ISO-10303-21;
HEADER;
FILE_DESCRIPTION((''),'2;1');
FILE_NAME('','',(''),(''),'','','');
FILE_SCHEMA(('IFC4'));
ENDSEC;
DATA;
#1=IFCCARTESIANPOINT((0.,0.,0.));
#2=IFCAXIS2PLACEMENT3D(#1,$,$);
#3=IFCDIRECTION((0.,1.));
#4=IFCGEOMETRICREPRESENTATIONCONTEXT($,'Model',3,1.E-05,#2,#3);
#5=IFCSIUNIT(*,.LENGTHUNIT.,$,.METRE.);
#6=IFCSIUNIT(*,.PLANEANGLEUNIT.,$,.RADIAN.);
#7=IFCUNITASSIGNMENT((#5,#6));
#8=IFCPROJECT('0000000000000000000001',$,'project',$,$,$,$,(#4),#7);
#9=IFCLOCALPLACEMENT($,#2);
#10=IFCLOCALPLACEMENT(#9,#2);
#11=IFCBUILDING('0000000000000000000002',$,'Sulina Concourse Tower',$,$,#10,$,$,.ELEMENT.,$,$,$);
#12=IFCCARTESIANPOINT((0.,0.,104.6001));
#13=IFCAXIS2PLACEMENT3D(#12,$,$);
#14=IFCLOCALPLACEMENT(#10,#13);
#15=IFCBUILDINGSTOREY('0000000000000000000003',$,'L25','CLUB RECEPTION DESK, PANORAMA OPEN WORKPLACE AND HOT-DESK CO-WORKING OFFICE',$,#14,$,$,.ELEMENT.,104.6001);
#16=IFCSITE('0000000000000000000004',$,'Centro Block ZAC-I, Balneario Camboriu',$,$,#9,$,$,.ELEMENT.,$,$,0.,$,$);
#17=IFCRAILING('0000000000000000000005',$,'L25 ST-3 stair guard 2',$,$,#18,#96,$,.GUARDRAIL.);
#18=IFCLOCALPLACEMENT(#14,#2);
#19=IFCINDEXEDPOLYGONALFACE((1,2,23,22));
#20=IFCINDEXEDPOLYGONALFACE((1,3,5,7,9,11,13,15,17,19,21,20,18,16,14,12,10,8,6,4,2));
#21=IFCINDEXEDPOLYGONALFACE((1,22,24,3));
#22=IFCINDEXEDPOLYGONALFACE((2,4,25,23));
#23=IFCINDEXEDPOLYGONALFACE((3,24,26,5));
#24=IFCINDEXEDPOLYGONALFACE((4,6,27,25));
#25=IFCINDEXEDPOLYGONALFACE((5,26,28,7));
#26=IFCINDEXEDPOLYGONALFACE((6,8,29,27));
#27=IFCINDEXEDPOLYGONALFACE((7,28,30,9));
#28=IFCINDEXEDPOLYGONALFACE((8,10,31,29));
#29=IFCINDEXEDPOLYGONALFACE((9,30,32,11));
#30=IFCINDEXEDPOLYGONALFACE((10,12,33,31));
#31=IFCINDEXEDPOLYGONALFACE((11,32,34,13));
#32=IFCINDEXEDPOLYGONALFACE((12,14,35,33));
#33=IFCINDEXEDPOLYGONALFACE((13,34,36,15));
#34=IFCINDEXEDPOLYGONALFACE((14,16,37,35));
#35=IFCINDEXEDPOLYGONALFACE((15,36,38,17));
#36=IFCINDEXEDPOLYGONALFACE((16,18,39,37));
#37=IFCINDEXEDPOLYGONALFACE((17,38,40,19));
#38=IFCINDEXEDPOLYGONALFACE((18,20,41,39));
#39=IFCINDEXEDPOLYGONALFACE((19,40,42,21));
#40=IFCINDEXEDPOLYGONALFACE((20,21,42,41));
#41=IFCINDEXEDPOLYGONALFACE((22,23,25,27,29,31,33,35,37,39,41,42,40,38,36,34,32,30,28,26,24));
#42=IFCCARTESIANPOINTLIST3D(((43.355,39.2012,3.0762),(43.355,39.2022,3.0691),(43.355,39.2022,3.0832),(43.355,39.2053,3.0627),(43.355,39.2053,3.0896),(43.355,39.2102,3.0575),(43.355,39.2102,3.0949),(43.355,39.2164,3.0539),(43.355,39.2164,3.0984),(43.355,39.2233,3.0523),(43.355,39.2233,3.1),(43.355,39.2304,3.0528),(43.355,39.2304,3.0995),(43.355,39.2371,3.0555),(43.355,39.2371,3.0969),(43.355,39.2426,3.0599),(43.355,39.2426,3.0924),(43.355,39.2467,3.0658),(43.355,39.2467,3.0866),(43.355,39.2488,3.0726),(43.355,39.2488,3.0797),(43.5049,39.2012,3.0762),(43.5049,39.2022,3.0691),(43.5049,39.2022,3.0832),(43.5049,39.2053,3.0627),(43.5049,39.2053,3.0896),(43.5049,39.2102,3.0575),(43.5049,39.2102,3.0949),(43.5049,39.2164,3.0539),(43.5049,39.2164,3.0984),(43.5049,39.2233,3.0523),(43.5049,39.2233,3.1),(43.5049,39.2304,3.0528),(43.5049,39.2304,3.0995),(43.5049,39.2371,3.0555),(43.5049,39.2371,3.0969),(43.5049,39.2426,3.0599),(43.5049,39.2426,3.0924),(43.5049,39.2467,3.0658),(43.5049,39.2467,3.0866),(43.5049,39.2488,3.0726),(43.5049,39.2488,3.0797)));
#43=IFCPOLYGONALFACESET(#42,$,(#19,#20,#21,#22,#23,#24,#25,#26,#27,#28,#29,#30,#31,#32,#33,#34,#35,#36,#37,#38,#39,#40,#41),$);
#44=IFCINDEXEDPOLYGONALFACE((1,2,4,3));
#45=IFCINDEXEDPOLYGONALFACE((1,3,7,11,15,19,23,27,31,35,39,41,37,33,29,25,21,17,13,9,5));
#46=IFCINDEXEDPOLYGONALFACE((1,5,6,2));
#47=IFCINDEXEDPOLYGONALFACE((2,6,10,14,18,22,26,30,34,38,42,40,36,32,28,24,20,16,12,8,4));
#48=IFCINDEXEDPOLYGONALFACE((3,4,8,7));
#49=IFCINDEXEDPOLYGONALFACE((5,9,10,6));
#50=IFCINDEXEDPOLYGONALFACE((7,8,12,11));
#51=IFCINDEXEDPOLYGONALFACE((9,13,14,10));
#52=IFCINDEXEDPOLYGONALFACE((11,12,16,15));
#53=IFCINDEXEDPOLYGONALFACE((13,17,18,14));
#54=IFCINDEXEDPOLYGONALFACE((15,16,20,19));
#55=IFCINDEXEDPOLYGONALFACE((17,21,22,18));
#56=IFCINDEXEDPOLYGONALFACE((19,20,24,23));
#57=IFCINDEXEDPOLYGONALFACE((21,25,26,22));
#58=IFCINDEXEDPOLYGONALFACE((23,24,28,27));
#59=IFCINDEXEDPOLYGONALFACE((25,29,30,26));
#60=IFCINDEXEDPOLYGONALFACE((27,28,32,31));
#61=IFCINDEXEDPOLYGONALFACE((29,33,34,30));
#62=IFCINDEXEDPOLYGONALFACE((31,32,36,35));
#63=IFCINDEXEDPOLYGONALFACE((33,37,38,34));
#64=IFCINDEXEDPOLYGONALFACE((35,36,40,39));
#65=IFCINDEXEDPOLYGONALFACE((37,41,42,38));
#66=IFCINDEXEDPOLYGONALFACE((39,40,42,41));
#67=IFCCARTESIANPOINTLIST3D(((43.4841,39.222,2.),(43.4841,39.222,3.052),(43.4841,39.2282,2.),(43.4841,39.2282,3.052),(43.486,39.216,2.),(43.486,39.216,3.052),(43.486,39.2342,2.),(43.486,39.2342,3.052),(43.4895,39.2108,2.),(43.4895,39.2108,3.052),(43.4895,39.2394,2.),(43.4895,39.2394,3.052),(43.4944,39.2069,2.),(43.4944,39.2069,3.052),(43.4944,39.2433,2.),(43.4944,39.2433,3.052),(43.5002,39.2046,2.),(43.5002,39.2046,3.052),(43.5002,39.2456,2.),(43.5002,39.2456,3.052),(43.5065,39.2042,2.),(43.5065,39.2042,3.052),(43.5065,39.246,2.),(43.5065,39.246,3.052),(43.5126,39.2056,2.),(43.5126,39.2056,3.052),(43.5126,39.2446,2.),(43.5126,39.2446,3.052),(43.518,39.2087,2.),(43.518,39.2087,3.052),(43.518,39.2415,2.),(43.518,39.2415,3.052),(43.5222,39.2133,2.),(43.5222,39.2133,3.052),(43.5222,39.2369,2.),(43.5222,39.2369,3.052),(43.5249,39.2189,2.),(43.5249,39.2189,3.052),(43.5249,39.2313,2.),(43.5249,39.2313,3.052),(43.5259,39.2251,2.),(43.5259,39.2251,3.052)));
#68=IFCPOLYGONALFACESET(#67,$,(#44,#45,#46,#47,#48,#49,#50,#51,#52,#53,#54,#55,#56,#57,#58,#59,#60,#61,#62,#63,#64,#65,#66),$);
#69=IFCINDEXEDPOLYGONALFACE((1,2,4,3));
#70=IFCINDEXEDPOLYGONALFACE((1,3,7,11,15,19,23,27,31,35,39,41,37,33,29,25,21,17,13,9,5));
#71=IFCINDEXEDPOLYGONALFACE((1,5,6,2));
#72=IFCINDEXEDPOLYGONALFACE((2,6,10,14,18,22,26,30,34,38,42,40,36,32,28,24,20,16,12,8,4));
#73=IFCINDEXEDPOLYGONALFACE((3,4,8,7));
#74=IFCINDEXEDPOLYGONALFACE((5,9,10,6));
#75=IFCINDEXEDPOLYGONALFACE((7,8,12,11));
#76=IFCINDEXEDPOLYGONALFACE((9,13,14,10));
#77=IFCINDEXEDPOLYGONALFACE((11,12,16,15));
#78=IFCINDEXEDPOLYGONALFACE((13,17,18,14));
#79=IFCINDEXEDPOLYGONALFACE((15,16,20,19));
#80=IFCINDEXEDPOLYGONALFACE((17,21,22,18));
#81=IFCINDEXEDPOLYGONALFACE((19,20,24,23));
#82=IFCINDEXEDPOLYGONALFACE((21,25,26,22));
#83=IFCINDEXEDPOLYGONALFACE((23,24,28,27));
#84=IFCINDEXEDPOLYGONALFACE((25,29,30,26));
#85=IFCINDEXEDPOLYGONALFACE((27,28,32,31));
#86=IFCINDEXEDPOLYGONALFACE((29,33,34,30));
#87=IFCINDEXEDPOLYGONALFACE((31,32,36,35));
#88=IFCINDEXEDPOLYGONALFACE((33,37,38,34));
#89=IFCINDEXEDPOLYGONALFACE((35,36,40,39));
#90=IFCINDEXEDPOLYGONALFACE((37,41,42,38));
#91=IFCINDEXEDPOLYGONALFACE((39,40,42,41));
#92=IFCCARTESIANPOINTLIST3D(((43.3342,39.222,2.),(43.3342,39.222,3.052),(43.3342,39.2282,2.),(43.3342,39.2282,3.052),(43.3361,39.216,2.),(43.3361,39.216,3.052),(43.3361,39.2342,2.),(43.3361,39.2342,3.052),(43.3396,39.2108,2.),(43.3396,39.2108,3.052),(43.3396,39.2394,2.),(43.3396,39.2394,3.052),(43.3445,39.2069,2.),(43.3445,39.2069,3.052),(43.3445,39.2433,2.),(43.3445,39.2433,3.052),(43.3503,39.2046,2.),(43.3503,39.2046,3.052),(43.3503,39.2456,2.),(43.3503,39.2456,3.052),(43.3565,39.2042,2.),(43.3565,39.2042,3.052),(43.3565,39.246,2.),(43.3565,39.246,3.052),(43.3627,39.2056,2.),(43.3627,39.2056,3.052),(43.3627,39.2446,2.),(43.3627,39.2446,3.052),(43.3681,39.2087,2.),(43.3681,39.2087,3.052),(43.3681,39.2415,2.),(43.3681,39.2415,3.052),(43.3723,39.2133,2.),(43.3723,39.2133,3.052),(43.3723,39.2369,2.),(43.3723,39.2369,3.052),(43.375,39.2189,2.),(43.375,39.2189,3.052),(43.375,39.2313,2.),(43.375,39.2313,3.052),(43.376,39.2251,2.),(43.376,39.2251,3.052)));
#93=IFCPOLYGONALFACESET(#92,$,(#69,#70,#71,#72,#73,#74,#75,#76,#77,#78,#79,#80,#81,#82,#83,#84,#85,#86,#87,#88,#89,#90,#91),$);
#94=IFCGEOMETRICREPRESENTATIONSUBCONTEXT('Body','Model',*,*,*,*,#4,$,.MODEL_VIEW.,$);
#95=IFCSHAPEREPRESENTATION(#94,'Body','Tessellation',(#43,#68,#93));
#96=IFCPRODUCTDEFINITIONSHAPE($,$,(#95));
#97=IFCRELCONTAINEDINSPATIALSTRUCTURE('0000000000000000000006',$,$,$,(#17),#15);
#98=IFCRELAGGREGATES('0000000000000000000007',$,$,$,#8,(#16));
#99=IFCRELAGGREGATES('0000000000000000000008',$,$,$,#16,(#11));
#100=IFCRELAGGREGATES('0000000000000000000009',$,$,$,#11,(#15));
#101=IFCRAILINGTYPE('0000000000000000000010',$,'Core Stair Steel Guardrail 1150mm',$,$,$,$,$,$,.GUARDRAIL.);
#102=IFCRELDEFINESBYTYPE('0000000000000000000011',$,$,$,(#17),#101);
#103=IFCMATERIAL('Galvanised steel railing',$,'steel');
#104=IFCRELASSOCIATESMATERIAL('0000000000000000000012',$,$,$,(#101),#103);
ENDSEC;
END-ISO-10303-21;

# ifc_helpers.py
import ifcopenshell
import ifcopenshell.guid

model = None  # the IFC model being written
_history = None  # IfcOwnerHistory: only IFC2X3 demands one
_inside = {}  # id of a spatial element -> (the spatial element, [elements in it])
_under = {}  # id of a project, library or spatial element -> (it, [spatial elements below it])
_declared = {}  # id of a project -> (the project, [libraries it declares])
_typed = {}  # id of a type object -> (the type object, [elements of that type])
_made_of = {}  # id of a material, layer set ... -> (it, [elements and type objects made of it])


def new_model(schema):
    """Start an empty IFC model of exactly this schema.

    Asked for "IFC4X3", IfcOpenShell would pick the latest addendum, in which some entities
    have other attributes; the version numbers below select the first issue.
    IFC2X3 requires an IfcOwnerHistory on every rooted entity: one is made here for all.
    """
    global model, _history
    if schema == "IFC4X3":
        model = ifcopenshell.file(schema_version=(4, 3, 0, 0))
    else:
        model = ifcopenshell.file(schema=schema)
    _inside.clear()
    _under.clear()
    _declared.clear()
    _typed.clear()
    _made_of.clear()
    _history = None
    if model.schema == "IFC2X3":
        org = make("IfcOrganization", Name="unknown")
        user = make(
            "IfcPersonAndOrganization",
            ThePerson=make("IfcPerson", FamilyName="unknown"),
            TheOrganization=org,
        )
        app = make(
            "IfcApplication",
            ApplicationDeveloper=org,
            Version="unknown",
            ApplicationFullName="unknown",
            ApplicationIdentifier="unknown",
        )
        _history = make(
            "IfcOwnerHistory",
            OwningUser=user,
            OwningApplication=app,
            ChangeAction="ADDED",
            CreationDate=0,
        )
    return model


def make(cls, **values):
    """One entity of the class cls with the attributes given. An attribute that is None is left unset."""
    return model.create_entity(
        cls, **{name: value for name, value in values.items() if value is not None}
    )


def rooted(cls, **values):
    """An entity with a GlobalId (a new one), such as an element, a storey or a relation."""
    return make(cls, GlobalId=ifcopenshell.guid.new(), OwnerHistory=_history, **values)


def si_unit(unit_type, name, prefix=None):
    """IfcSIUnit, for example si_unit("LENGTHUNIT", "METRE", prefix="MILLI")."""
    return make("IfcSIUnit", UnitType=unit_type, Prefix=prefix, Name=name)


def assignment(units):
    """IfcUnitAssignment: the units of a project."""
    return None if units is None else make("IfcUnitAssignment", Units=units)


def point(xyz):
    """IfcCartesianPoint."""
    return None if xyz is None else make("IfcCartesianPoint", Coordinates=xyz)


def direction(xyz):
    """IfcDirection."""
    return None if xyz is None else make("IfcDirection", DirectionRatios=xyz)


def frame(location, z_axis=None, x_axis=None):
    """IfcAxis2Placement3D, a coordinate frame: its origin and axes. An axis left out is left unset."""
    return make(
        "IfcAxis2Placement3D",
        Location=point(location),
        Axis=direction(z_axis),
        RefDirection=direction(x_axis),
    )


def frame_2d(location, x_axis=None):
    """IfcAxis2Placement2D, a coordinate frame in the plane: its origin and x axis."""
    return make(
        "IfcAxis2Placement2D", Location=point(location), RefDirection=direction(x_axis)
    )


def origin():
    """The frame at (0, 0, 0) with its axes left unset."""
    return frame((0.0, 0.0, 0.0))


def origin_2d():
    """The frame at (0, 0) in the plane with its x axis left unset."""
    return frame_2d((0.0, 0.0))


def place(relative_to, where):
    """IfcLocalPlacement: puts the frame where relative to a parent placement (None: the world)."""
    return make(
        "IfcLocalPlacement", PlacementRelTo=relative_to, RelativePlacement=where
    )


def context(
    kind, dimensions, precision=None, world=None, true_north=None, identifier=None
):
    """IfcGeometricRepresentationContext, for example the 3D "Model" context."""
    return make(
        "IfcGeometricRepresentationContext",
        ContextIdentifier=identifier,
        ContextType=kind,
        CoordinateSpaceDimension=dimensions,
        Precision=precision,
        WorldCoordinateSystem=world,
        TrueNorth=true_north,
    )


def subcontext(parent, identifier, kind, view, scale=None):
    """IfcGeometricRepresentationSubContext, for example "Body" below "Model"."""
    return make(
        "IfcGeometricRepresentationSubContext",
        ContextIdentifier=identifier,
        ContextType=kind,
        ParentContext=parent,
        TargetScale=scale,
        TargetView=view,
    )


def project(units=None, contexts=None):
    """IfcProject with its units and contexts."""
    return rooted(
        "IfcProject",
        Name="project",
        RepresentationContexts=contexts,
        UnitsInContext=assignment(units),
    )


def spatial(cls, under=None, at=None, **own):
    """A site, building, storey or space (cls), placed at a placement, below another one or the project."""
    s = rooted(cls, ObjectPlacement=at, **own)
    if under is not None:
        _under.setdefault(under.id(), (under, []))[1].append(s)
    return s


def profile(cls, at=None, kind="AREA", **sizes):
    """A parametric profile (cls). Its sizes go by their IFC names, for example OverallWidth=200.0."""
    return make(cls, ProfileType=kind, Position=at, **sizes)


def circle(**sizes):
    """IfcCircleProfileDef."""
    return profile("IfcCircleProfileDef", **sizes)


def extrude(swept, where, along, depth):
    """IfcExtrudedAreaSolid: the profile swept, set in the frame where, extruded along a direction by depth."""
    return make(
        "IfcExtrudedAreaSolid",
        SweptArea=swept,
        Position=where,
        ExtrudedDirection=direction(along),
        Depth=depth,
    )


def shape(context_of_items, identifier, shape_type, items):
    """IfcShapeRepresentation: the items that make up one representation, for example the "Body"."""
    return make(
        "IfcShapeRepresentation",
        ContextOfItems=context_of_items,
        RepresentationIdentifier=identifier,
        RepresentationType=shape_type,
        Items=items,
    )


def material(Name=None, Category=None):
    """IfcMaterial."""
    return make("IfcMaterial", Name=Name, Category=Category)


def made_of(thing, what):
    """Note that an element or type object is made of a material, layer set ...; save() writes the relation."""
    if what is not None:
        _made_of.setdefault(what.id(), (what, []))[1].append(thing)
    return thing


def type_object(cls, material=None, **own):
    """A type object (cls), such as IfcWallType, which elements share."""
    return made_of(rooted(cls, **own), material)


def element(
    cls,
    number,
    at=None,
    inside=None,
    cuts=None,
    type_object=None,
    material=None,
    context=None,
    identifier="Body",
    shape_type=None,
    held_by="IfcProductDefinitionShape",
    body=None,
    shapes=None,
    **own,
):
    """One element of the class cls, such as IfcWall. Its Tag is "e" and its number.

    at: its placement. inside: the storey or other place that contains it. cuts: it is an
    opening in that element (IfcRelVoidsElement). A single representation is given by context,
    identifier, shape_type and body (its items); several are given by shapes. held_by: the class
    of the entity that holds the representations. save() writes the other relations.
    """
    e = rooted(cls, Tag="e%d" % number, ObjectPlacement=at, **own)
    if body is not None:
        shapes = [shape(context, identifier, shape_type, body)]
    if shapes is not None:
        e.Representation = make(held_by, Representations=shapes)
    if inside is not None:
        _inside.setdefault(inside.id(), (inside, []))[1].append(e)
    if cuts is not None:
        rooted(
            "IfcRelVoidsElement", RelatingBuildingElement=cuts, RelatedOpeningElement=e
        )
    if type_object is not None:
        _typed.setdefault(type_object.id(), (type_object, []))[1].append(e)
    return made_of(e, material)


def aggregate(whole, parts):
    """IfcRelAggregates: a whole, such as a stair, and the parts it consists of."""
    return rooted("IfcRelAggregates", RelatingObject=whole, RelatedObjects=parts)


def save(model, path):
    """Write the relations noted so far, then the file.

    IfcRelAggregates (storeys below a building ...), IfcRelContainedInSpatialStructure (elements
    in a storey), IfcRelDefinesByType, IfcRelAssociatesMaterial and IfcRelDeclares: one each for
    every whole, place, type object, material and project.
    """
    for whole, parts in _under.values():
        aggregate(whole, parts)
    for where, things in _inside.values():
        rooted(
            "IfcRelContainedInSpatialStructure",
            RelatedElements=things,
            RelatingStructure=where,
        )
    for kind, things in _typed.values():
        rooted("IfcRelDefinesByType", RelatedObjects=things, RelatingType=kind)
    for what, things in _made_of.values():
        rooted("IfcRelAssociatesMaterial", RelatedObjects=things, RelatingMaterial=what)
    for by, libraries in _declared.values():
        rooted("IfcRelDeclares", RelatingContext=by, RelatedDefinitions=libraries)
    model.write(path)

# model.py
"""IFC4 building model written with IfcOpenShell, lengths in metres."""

from ifc_helpers import new_model, si_unit, direction, frame, origin, origin_2d, place, context, subcontext, project, spatial, circle, extrude, material, type_object, element, save


model = new_model("IFC4")

# Units and contexts
model_context = context("Model", 3, precision=1e-05, world=origin(), true_north=direction((0.0, 1.0)))
body_context = subcontext(model_context, "Body", "Model", "MODEL_VIEW")
ifc_project = project(units=[si_unit("LENGTHUNIT", "METRE"), si_unit("PLANEANGLEUNIT", "RADIAN")], contexts=[model_context])

# Site, building, storey
site_placement = place(None, origin())
site = spatial("IfcSite", under=ifc_project, at=site_placement, Name="Centro Block ZAC-I, Balneario Camboriu", CompositionType="ELEMENT", RefElevation=0.0)
building_placement = place(site_placement, origin())
building = spatial("IfcBuilding", under=site, at=building_placement, Name="Sulina Concourse Tower", CompositionType="ELEMENT")
storey_placement = place(building_placement, frame((0.0, 0.0, 104.6001)))
storey = spatial("IfcBuildingStorey", under=building, at=storey_placement, Name="L25", Description="CLUB RECEPTION DESK, PANORAMA OPEN WORKPLACE AND HOT-DESK CO-WORKING OFFICE", CompositionType="ELEMENT", Elevation=104.6001)

# Railing
ifc_material_1 = material(Name="Galvanised steel railing", Category="steel")
railing_type_1 = type_object("IfcRailingType", Name="Core Stair Steel Guardrail 1150mm", PredefinedType="GUARDRAIL", material=ifc_material_1)
railing_1_placement = place(storey_placement, frame((43.5049, 39.2251, 2.0)))
element("IfcRailing", 1, at=railing_1_placement, inside=storey, type_object=railing_type_1, Name="L25 ST-3 stair guard 2", PredefinedType="GUARDRAIL", context=body_context, shape_type="SweptSolid", body=[
    extrude(circle(Radius=0.0239, at=origin_2d()), frame((0.0, 0.0, 1.0762), z_axis=(-1.0, 0.0, 0.0), x_axis=(0.0, -1.0, 0.0)), (0.0, 0.0, 1.0), 0.1499),
    extrude(circle(Radius=0.021, at=origin_2d()), origin(), (0.0, 0.0, 1.0), 1.052),
    extrude(circle(Radius=0.021, at=origin_2d()), frame((-0.1499, 0.0, 0.0)), (0.0, 0.0, 1.0), 1.052),
])

save(model, "model.ifc")
